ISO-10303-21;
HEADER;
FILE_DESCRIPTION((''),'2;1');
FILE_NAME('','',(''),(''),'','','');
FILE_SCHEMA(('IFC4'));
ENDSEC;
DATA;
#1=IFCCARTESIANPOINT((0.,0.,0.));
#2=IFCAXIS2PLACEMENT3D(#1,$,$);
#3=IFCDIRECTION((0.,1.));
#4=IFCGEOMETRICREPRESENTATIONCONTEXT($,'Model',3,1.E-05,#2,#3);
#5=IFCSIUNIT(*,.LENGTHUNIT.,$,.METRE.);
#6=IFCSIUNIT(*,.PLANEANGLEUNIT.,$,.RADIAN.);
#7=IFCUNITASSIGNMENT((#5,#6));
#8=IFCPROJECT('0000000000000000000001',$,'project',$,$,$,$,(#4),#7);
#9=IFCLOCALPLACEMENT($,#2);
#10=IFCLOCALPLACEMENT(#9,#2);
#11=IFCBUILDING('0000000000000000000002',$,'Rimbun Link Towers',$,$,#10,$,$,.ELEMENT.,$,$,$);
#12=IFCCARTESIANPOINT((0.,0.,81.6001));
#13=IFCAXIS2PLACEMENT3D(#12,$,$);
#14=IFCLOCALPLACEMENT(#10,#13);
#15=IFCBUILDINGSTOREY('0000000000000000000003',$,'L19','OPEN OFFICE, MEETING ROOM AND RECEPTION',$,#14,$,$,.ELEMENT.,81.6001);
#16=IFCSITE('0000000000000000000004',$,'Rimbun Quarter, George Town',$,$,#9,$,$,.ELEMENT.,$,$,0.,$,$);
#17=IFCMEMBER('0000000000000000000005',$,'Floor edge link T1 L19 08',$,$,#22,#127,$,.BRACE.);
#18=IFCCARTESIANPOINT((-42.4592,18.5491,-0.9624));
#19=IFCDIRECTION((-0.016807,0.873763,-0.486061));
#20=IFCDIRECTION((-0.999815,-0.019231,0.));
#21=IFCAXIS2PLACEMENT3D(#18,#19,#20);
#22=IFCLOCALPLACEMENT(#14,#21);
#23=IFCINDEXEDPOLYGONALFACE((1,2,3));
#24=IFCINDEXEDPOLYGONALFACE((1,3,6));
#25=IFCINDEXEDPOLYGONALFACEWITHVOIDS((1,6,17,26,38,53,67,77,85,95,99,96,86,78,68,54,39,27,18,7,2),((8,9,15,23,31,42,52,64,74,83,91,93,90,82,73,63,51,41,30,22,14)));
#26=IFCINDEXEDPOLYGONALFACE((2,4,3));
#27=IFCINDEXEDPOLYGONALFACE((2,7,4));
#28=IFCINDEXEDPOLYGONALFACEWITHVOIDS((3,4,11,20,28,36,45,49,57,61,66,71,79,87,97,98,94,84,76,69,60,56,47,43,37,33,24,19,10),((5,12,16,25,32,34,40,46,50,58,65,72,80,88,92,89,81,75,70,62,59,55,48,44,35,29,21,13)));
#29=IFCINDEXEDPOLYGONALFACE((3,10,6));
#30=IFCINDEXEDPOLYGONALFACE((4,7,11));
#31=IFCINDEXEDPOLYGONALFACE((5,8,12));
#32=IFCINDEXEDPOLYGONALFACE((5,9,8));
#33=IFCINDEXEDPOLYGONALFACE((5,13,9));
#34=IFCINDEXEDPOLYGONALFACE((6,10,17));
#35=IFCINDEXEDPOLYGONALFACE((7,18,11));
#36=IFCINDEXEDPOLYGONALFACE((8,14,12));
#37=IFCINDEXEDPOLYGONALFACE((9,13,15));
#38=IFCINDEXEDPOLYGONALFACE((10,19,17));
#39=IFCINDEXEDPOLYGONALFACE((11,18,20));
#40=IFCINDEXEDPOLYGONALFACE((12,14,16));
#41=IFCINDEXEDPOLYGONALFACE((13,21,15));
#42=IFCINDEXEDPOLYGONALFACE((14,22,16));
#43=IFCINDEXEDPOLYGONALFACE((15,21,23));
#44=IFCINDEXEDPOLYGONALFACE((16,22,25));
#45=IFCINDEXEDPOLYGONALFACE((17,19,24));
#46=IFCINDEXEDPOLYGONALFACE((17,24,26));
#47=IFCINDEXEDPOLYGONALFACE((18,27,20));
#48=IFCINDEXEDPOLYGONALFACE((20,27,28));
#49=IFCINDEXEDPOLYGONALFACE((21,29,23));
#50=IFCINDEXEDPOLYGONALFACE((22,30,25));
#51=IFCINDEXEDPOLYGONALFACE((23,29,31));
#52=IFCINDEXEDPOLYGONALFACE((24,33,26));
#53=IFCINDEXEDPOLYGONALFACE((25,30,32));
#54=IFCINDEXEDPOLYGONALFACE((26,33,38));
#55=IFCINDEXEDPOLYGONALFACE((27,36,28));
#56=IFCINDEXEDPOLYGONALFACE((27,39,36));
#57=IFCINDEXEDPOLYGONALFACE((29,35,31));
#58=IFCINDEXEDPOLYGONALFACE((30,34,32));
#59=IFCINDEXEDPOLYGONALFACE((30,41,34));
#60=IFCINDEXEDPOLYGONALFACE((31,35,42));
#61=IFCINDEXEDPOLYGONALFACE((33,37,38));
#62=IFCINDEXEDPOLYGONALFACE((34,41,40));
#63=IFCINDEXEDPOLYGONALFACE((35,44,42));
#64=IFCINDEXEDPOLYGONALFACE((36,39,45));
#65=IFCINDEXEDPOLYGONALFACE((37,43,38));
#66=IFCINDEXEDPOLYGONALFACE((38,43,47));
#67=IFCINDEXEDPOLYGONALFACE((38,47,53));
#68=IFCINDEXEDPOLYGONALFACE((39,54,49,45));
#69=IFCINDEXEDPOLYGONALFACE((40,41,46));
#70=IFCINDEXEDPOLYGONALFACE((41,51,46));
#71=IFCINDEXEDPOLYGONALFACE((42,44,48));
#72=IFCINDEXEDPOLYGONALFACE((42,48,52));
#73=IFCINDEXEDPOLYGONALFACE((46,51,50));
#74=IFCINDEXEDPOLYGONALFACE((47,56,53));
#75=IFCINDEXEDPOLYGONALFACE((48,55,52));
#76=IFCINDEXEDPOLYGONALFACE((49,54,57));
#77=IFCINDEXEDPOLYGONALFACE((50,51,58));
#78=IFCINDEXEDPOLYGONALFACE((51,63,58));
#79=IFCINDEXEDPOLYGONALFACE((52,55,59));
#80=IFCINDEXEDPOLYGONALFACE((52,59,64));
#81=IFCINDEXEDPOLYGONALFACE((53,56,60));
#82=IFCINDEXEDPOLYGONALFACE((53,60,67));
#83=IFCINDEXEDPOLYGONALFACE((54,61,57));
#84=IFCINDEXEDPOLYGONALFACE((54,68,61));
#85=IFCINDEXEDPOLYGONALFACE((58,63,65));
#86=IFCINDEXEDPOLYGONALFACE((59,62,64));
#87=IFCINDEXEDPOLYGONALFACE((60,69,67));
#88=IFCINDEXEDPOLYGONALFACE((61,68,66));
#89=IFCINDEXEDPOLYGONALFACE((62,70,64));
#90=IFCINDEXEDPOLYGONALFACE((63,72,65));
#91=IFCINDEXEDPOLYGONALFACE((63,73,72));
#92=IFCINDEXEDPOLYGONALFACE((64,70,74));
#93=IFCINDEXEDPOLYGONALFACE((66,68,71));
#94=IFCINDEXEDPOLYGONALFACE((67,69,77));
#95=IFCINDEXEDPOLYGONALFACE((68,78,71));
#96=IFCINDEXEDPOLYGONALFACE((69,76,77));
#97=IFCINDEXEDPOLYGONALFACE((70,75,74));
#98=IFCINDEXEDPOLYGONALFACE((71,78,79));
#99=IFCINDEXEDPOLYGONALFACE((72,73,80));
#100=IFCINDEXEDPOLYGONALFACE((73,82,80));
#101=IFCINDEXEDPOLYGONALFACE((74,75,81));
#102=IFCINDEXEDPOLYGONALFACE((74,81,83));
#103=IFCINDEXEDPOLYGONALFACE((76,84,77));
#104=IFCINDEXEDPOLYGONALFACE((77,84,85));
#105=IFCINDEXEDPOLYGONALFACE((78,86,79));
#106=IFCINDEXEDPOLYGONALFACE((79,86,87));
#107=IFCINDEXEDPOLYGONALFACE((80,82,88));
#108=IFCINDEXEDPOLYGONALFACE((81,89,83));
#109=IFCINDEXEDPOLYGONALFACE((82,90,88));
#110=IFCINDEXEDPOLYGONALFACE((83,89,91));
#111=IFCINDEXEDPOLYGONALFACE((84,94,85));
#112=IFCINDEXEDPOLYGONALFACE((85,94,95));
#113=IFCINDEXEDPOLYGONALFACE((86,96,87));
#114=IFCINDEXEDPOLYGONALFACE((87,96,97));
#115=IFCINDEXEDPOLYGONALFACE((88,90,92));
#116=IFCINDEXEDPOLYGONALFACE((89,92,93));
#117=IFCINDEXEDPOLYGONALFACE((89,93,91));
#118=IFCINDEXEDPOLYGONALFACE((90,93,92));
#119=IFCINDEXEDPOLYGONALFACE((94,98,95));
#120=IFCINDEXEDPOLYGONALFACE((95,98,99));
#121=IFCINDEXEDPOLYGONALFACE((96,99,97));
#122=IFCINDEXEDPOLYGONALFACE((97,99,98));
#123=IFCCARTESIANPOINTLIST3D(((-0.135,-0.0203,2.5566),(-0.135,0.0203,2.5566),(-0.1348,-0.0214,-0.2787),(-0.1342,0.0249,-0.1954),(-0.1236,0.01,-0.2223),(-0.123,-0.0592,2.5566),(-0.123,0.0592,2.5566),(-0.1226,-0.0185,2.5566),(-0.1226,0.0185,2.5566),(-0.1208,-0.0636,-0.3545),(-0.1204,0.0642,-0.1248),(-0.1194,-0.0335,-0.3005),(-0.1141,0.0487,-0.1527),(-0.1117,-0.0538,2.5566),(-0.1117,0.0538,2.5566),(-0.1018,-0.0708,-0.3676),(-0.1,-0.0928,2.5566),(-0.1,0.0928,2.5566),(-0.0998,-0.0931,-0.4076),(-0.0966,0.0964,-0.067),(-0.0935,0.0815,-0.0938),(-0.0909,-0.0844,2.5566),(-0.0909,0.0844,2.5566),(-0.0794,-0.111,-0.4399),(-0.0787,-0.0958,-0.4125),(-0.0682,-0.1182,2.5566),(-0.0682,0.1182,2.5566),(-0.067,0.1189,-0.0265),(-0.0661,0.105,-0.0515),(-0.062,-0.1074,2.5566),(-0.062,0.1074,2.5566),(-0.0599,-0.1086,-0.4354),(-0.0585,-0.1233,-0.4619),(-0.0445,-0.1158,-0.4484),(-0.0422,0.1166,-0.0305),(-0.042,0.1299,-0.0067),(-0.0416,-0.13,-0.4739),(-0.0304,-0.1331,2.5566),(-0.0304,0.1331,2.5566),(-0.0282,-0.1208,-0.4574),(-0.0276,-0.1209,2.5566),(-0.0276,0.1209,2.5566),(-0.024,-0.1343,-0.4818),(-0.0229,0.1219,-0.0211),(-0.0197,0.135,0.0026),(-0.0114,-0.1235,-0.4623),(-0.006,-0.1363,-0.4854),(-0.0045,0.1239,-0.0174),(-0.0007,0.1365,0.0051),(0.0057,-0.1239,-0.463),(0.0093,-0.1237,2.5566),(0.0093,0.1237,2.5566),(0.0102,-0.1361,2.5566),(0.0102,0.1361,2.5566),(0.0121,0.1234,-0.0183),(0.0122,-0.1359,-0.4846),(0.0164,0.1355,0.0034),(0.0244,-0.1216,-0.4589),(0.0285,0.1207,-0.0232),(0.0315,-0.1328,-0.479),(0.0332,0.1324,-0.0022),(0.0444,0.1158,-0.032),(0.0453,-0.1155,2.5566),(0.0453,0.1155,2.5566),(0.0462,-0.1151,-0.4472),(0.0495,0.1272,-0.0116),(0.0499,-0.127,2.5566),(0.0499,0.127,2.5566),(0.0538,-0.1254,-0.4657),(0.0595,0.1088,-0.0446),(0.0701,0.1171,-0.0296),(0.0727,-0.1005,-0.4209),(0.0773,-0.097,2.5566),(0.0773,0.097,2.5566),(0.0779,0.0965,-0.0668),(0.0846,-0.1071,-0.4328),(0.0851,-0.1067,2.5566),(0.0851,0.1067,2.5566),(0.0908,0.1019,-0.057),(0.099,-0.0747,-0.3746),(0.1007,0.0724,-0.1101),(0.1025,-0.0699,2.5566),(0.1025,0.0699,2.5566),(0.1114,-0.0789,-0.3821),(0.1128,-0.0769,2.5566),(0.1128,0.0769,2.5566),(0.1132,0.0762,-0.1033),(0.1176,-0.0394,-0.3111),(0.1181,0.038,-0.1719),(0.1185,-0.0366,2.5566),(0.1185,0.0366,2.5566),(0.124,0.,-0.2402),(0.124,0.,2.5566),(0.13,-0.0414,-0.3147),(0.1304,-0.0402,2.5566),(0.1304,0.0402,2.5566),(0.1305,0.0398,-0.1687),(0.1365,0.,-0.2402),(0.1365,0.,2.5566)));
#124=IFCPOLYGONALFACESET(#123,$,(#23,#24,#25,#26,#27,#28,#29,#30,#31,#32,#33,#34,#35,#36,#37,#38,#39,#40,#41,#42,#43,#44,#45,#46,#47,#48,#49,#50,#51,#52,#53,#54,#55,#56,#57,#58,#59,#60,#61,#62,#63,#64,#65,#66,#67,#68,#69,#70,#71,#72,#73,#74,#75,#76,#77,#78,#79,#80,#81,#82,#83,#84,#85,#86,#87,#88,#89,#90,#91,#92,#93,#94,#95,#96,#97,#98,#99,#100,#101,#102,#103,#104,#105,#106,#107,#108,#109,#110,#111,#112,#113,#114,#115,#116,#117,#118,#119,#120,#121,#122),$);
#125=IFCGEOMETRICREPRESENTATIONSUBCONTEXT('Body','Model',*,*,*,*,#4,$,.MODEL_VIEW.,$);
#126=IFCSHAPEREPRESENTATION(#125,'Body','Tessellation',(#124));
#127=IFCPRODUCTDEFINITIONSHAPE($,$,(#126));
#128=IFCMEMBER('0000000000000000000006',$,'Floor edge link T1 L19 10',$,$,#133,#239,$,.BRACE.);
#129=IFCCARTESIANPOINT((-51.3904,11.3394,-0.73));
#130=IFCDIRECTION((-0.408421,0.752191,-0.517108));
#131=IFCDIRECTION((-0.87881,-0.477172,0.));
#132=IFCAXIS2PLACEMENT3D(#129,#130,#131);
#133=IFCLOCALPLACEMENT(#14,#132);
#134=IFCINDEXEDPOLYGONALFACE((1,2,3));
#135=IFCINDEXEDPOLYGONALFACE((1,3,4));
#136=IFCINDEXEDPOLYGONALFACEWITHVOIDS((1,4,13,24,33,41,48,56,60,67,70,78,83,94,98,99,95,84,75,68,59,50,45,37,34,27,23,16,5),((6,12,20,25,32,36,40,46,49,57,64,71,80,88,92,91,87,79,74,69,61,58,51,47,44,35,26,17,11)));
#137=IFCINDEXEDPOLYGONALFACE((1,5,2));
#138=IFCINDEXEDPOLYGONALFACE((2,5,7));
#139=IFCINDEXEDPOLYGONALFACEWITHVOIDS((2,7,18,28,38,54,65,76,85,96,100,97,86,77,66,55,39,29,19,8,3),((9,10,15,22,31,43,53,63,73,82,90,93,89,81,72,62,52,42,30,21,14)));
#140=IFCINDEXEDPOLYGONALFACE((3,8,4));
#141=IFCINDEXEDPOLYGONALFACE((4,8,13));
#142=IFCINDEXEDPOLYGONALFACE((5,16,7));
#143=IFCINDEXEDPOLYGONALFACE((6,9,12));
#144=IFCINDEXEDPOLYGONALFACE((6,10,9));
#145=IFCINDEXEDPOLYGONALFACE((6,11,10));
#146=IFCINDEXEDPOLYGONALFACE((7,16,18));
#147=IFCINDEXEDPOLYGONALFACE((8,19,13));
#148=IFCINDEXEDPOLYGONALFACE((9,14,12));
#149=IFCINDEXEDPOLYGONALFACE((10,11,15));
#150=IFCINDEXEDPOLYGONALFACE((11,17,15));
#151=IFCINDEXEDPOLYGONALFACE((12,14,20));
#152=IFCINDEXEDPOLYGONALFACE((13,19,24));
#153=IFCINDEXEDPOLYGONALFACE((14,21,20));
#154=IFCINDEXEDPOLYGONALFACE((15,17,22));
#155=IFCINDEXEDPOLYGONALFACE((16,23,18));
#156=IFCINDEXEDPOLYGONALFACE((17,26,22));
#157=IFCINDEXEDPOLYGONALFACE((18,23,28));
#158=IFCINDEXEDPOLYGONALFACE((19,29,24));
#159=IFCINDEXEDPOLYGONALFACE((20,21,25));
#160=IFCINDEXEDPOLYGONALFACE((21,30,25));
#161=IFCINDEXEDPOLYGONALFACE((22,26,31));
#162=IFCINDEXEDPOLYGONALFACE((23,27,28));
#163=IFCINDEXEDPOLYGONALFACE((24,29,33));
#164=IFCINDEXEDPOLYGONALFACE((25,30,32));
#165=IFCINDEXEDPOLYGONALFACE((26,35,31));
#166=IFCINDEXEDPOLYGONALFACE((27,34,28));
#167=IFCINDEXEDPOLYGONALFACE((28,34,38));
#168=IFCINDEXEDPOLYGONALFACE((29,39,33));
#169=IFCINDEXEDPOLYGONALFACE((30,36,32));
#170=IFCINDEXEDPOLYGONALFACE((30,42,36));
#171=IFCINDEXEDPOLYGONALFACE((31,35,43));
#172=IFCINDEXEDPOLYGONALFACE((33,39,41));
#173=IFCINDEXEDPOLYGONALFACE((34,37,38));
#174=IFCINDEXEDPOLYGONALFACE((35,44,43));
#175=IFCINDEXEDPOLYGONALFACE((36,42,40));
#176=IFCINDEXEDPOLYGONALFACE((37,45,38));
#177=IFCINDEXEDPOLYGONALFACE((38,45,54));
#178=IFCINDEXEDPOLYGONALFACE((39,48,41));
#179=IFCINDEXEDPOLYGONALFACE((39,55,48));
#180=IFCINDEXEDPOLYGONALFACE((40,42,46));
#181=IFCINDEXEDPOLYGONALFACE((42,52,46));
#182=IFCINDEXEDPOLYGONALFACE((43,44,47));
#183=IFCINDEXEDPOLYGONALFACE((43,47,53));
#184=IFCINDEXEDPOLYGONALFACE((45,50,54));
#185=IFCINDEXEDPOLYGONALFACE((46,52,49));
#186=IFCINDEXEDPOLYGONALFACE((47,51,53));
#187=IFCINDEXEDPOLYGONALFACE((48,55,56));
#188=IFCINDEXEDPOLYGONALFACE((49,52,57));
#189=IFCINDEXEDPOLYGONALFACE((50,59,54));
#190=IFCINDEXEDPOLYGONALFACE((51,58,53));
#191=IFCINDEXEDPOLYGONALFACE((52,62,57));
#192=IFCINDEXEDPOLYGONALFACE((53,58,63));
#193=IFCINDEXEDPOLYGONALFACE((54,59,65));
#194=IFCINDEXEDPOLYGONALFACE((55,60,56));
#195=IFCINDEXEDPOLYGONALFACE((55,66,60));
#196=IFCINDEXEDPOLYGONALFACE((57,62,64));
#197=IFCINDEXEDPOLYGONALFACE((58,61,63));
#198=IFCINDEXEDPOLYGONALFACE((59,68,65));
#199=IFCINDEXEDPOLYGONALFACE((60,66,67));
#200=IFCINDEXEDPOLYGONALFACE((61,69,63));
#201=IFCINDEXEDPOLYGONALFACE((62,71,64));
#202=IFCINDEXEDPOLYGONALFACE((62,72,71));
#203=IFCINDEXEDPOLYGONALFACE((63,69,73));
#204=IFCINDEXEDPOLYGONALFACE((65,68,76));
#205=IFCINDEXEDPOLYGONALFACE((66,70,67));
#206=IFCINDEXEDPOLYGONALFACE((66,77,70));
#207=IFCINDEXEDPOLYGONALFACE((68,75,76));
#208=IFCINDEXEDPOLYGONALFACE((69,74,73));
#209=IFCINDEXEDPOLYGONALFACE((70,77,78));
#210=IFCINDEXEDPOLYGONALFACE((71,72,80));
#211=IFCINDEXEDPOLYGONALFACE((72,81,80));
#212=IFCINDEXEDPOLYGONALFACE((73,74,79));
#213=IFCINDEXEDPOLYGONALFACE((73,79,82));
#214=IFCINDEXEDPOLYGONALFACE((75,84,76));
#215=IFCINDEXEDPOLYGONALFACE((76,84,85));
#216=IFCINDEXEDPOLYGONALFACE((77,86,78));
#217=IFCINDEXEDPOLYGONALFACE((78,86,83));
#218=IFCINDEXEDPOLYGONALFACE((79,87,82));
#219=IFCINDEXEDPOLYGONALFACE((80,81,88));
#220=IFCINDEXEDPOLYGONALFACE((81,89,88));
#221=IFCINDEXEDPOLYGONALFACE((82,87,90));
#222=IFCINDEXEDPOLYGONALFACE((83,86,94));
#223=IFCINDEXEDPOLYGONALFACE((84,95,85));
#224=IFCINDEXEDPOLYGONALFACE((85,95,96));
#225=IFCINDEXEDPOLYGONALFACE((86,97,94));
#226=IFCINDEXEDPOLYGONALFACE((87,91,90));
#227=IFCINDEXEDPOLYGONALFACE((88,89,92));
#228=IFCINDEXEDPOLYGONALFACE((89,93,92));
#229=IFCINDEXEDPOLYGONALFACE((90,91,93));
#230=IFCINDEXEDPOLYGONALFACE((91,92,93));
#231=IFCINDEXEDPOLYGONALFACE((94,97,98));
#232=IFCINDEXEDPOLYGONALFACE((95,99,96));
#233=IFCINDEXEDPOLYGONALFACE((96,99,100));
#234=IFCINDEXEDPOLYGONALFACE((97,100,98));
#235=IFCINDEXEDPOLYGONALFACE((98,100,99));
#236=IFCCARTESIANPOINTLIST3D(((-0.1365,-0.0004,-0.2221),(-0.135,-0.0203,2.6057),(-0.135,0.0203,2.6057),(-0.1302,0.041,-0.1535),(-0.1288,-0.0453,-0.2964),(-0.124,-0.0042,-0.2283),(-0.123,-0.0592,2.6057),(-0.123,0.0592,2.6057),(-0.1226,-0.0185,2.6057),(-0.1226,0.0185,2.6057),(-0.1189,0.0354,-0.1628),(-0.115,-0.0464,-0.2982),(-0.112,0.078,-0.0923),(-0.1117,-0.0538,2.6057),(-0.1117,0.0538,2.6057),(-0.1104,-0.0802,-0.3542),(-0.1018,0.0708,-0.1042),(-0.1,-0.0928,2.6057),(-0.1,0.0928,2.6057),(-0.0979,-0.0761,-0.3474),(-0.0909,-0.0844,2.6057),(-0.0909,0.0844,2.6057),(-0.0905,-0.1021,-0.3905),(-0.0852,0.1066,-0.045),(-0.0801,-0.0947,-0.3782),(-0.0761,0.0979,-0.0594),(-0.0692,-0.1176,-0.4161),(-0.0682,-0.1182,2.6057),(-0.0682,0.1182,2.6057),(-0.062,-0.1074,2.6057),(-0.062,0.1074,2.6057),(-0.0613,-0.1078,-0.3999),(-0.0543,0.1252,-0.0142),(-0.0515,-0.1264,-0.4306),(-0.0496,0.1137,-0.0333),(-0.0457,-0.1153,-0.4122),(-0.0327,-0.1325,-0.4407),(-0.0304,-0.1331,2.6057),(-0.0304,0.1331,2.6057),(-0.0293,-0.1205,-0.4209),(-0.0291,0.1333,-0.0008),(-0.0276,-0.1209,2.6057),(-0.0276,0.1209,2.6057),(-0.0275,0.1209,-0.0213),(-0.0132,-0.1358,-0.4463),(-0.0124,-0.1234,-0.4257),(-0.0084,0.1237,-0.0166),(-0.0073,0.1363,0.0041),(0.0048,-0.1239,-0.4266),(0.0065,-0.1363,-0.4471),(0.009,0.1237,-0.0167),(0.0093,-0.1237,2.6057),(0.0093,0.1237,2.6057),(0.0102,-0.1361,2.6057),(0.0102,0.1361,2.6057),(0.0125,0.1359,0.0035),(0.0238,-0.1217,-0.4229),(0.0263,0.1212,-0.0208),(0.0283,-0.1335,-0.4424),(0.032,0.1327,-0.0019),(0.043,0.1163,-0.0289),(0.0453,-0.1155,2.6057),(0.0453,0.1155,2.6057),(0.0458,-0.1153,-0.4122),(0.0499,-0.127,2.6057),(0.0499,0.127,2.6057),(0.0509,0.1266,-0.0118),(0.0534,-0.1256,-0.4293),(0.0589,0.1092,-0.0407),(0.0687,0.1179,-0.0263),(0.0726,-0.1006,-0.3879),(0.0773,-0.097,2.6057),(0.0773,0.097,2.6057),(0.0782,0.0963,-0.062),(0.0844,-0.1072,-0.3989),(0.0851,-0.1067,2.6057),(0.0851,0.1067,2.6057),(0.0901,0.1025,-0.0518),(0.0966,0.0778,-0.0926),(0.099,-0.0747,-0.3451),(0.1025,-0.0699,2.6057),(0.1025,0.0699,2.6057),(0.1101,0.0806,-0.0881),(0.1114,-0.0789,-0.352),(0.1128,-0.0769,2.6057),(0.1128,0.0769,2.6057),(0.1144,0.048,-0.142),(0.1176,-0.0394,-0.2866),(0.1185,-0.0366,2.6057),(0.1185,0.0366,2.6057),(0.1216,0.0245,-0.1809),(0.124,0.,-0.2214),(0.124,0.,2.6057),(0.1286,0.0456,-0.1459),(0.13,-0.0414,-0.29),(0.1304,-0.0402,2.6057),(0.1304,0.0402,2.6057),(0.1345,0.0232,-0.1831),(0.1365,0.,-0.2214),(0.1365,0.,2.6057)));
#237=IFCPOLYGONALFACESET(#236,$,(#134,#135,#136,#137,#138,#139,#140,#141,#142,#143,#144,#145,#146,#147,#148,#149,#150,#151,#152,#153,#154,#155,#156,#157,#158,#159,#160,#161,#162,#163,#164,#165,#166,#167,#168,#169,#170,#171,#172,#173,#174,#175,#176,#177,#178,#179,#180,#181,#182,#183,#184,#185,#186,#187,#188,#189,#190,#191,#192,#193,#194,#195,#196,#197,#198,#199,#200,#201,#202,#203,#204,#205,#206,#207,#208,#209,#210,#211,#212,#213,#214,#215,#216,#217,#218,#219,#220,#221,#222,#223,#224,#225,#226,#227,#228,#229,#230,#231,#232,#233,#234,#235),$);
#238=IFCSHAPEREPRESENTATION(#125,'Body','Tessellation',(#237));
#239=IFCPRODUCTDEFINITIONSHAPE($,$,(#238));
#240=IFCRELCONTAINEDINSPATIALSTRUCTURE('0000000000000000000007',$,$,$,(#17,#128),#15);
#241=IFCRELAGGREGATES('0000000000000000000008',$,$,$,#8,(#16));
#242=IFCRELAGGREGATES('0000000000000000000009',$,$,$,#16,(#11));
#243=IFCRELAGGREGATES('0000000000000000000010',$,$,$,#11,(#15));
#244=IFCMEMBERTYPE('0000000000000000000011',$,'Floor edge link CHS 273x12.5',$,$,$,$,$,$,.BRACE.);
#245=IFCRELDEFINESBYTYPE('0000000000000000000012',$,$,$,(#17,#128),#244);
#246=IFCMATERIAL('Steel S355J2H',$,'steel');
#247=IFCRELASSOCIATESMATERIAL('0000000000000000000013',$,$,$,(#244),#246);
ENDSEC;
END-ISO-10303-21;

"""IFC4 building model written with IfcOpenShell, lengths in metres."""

from ifc_helpers import new_model, si_unit, direction, frame, origin, origin_2d, place, context, subcontext, project, spatial, hollow_circle, extrude, clip, halfspace, material, material_profile, profile_set, type_object, element, save


model = new_model("IFC4")

# Units and contexts
model_context = context("Model", 3, precision=1e-05, world=origin(), true_north=direction((0.0, 1.0)))
body_context = subcontext(model_context, "Body", "Model", "MODEL_VIEW")
ifc_project = project(units=[si_unit("LENGTHUNIT", "METRE"), si_unit("PLANEANGLEUNIT", "RADIAN")], contexts=[model_context])

# Site, building, storey
site_placement = place(None, origin())
site = spatial("IfcSite", under=ifc_project, at=site_placement, Name="Rimbun Quarter, George Town", CompositionType="ELEMENT", RefElevation=0.0)
building_placement = place(site_placement, origin())
building = spatial("IfcBuilding", under=site, at=building_placement, Name="Rimbun Link Towers", CompositionType="ELEMENT")
storey_placement = place(building_placement, frame((0.0, 0.0, 81.6001)))
storey = spatial("IfcBuildingStorey", under=building, at=storey_placement, Name="L19", Description="OPEN OFFICE, MEETING ROOM AND RECEPTION", CompositionType="ELEMENT", Elevation=81.6001)

# Members
ifc_material_1 = material(Name="Steel S355J2H", Category="steel")
ifc_material_profile_1 = material_profile(ifc_material_1, hollow_circle(Radius=0.1365, WallThickness=0.0125, at=origin_2d()), Name="CHS 273x12.5")
ifc_profile_set_1 = profile_set([ifc_material_profile_1], Name="Steel S355J2H")
member_type_1 = type_object("IfcMemberType", Name="Floor edge link CHS 273x12.5", PredefinedType="BRACE", material=ifc_profile_set_1)
member_1_placement = place(storey_placement, frame((-42.4592, 18.5491, -0.9624), z_axis=(-0.016807, 0.873763, -0.486061), x_axis=(-0.999815, -0.019231, 0.0)))
element("IfcMember", 1, at=member_1_placement, inside=storey, type_object=member_type_1, Name="Floor edge link T1 L19 08", PredefinedType="BRACE", context=body_context, shape_type="Clipping", body=[
    clip(extrude(hollow_circle(Radius=0.1365, WallThickness=0.0125, at=origin_2d()), frame((0.0, 0.0, -0.5115)), (0.0, 0.0, 1.0), 3.0681), halfspace(frame((0.0, 0.0, -0.2402), z_axis=(0.0, 0.873925, -0.486061)), False)),
])
member_2_placement = place(storey_placement, frame((-51.3904, 11.3394, -0.73), z_axis=(-0.408421, 0.752191, -0.517108), x_axis=(-0.87881, -0.477172, 0.0)))
element("IfcMember", 2, at=member_2_placement, inside=storey, type_object=member_type_1, Name="Floor edge link T1 L19 10", PredefinedType="BRACE", context=body_context, shape_type="Clipping", body=[
    clip(extrude(hollow_circle(Radius=0.1365, WallThickness=0.0125, at=origin_2d()), frame((0.0, 0.0, -0.4712)), (0.0, 0.0, 1.0), 3.0769), halfspace(frame((0.0, 0.0, -0.2214), z_axis=(0.0, 0.85592, -0.517108)), False)),
])

save(model, "model.ifc")
